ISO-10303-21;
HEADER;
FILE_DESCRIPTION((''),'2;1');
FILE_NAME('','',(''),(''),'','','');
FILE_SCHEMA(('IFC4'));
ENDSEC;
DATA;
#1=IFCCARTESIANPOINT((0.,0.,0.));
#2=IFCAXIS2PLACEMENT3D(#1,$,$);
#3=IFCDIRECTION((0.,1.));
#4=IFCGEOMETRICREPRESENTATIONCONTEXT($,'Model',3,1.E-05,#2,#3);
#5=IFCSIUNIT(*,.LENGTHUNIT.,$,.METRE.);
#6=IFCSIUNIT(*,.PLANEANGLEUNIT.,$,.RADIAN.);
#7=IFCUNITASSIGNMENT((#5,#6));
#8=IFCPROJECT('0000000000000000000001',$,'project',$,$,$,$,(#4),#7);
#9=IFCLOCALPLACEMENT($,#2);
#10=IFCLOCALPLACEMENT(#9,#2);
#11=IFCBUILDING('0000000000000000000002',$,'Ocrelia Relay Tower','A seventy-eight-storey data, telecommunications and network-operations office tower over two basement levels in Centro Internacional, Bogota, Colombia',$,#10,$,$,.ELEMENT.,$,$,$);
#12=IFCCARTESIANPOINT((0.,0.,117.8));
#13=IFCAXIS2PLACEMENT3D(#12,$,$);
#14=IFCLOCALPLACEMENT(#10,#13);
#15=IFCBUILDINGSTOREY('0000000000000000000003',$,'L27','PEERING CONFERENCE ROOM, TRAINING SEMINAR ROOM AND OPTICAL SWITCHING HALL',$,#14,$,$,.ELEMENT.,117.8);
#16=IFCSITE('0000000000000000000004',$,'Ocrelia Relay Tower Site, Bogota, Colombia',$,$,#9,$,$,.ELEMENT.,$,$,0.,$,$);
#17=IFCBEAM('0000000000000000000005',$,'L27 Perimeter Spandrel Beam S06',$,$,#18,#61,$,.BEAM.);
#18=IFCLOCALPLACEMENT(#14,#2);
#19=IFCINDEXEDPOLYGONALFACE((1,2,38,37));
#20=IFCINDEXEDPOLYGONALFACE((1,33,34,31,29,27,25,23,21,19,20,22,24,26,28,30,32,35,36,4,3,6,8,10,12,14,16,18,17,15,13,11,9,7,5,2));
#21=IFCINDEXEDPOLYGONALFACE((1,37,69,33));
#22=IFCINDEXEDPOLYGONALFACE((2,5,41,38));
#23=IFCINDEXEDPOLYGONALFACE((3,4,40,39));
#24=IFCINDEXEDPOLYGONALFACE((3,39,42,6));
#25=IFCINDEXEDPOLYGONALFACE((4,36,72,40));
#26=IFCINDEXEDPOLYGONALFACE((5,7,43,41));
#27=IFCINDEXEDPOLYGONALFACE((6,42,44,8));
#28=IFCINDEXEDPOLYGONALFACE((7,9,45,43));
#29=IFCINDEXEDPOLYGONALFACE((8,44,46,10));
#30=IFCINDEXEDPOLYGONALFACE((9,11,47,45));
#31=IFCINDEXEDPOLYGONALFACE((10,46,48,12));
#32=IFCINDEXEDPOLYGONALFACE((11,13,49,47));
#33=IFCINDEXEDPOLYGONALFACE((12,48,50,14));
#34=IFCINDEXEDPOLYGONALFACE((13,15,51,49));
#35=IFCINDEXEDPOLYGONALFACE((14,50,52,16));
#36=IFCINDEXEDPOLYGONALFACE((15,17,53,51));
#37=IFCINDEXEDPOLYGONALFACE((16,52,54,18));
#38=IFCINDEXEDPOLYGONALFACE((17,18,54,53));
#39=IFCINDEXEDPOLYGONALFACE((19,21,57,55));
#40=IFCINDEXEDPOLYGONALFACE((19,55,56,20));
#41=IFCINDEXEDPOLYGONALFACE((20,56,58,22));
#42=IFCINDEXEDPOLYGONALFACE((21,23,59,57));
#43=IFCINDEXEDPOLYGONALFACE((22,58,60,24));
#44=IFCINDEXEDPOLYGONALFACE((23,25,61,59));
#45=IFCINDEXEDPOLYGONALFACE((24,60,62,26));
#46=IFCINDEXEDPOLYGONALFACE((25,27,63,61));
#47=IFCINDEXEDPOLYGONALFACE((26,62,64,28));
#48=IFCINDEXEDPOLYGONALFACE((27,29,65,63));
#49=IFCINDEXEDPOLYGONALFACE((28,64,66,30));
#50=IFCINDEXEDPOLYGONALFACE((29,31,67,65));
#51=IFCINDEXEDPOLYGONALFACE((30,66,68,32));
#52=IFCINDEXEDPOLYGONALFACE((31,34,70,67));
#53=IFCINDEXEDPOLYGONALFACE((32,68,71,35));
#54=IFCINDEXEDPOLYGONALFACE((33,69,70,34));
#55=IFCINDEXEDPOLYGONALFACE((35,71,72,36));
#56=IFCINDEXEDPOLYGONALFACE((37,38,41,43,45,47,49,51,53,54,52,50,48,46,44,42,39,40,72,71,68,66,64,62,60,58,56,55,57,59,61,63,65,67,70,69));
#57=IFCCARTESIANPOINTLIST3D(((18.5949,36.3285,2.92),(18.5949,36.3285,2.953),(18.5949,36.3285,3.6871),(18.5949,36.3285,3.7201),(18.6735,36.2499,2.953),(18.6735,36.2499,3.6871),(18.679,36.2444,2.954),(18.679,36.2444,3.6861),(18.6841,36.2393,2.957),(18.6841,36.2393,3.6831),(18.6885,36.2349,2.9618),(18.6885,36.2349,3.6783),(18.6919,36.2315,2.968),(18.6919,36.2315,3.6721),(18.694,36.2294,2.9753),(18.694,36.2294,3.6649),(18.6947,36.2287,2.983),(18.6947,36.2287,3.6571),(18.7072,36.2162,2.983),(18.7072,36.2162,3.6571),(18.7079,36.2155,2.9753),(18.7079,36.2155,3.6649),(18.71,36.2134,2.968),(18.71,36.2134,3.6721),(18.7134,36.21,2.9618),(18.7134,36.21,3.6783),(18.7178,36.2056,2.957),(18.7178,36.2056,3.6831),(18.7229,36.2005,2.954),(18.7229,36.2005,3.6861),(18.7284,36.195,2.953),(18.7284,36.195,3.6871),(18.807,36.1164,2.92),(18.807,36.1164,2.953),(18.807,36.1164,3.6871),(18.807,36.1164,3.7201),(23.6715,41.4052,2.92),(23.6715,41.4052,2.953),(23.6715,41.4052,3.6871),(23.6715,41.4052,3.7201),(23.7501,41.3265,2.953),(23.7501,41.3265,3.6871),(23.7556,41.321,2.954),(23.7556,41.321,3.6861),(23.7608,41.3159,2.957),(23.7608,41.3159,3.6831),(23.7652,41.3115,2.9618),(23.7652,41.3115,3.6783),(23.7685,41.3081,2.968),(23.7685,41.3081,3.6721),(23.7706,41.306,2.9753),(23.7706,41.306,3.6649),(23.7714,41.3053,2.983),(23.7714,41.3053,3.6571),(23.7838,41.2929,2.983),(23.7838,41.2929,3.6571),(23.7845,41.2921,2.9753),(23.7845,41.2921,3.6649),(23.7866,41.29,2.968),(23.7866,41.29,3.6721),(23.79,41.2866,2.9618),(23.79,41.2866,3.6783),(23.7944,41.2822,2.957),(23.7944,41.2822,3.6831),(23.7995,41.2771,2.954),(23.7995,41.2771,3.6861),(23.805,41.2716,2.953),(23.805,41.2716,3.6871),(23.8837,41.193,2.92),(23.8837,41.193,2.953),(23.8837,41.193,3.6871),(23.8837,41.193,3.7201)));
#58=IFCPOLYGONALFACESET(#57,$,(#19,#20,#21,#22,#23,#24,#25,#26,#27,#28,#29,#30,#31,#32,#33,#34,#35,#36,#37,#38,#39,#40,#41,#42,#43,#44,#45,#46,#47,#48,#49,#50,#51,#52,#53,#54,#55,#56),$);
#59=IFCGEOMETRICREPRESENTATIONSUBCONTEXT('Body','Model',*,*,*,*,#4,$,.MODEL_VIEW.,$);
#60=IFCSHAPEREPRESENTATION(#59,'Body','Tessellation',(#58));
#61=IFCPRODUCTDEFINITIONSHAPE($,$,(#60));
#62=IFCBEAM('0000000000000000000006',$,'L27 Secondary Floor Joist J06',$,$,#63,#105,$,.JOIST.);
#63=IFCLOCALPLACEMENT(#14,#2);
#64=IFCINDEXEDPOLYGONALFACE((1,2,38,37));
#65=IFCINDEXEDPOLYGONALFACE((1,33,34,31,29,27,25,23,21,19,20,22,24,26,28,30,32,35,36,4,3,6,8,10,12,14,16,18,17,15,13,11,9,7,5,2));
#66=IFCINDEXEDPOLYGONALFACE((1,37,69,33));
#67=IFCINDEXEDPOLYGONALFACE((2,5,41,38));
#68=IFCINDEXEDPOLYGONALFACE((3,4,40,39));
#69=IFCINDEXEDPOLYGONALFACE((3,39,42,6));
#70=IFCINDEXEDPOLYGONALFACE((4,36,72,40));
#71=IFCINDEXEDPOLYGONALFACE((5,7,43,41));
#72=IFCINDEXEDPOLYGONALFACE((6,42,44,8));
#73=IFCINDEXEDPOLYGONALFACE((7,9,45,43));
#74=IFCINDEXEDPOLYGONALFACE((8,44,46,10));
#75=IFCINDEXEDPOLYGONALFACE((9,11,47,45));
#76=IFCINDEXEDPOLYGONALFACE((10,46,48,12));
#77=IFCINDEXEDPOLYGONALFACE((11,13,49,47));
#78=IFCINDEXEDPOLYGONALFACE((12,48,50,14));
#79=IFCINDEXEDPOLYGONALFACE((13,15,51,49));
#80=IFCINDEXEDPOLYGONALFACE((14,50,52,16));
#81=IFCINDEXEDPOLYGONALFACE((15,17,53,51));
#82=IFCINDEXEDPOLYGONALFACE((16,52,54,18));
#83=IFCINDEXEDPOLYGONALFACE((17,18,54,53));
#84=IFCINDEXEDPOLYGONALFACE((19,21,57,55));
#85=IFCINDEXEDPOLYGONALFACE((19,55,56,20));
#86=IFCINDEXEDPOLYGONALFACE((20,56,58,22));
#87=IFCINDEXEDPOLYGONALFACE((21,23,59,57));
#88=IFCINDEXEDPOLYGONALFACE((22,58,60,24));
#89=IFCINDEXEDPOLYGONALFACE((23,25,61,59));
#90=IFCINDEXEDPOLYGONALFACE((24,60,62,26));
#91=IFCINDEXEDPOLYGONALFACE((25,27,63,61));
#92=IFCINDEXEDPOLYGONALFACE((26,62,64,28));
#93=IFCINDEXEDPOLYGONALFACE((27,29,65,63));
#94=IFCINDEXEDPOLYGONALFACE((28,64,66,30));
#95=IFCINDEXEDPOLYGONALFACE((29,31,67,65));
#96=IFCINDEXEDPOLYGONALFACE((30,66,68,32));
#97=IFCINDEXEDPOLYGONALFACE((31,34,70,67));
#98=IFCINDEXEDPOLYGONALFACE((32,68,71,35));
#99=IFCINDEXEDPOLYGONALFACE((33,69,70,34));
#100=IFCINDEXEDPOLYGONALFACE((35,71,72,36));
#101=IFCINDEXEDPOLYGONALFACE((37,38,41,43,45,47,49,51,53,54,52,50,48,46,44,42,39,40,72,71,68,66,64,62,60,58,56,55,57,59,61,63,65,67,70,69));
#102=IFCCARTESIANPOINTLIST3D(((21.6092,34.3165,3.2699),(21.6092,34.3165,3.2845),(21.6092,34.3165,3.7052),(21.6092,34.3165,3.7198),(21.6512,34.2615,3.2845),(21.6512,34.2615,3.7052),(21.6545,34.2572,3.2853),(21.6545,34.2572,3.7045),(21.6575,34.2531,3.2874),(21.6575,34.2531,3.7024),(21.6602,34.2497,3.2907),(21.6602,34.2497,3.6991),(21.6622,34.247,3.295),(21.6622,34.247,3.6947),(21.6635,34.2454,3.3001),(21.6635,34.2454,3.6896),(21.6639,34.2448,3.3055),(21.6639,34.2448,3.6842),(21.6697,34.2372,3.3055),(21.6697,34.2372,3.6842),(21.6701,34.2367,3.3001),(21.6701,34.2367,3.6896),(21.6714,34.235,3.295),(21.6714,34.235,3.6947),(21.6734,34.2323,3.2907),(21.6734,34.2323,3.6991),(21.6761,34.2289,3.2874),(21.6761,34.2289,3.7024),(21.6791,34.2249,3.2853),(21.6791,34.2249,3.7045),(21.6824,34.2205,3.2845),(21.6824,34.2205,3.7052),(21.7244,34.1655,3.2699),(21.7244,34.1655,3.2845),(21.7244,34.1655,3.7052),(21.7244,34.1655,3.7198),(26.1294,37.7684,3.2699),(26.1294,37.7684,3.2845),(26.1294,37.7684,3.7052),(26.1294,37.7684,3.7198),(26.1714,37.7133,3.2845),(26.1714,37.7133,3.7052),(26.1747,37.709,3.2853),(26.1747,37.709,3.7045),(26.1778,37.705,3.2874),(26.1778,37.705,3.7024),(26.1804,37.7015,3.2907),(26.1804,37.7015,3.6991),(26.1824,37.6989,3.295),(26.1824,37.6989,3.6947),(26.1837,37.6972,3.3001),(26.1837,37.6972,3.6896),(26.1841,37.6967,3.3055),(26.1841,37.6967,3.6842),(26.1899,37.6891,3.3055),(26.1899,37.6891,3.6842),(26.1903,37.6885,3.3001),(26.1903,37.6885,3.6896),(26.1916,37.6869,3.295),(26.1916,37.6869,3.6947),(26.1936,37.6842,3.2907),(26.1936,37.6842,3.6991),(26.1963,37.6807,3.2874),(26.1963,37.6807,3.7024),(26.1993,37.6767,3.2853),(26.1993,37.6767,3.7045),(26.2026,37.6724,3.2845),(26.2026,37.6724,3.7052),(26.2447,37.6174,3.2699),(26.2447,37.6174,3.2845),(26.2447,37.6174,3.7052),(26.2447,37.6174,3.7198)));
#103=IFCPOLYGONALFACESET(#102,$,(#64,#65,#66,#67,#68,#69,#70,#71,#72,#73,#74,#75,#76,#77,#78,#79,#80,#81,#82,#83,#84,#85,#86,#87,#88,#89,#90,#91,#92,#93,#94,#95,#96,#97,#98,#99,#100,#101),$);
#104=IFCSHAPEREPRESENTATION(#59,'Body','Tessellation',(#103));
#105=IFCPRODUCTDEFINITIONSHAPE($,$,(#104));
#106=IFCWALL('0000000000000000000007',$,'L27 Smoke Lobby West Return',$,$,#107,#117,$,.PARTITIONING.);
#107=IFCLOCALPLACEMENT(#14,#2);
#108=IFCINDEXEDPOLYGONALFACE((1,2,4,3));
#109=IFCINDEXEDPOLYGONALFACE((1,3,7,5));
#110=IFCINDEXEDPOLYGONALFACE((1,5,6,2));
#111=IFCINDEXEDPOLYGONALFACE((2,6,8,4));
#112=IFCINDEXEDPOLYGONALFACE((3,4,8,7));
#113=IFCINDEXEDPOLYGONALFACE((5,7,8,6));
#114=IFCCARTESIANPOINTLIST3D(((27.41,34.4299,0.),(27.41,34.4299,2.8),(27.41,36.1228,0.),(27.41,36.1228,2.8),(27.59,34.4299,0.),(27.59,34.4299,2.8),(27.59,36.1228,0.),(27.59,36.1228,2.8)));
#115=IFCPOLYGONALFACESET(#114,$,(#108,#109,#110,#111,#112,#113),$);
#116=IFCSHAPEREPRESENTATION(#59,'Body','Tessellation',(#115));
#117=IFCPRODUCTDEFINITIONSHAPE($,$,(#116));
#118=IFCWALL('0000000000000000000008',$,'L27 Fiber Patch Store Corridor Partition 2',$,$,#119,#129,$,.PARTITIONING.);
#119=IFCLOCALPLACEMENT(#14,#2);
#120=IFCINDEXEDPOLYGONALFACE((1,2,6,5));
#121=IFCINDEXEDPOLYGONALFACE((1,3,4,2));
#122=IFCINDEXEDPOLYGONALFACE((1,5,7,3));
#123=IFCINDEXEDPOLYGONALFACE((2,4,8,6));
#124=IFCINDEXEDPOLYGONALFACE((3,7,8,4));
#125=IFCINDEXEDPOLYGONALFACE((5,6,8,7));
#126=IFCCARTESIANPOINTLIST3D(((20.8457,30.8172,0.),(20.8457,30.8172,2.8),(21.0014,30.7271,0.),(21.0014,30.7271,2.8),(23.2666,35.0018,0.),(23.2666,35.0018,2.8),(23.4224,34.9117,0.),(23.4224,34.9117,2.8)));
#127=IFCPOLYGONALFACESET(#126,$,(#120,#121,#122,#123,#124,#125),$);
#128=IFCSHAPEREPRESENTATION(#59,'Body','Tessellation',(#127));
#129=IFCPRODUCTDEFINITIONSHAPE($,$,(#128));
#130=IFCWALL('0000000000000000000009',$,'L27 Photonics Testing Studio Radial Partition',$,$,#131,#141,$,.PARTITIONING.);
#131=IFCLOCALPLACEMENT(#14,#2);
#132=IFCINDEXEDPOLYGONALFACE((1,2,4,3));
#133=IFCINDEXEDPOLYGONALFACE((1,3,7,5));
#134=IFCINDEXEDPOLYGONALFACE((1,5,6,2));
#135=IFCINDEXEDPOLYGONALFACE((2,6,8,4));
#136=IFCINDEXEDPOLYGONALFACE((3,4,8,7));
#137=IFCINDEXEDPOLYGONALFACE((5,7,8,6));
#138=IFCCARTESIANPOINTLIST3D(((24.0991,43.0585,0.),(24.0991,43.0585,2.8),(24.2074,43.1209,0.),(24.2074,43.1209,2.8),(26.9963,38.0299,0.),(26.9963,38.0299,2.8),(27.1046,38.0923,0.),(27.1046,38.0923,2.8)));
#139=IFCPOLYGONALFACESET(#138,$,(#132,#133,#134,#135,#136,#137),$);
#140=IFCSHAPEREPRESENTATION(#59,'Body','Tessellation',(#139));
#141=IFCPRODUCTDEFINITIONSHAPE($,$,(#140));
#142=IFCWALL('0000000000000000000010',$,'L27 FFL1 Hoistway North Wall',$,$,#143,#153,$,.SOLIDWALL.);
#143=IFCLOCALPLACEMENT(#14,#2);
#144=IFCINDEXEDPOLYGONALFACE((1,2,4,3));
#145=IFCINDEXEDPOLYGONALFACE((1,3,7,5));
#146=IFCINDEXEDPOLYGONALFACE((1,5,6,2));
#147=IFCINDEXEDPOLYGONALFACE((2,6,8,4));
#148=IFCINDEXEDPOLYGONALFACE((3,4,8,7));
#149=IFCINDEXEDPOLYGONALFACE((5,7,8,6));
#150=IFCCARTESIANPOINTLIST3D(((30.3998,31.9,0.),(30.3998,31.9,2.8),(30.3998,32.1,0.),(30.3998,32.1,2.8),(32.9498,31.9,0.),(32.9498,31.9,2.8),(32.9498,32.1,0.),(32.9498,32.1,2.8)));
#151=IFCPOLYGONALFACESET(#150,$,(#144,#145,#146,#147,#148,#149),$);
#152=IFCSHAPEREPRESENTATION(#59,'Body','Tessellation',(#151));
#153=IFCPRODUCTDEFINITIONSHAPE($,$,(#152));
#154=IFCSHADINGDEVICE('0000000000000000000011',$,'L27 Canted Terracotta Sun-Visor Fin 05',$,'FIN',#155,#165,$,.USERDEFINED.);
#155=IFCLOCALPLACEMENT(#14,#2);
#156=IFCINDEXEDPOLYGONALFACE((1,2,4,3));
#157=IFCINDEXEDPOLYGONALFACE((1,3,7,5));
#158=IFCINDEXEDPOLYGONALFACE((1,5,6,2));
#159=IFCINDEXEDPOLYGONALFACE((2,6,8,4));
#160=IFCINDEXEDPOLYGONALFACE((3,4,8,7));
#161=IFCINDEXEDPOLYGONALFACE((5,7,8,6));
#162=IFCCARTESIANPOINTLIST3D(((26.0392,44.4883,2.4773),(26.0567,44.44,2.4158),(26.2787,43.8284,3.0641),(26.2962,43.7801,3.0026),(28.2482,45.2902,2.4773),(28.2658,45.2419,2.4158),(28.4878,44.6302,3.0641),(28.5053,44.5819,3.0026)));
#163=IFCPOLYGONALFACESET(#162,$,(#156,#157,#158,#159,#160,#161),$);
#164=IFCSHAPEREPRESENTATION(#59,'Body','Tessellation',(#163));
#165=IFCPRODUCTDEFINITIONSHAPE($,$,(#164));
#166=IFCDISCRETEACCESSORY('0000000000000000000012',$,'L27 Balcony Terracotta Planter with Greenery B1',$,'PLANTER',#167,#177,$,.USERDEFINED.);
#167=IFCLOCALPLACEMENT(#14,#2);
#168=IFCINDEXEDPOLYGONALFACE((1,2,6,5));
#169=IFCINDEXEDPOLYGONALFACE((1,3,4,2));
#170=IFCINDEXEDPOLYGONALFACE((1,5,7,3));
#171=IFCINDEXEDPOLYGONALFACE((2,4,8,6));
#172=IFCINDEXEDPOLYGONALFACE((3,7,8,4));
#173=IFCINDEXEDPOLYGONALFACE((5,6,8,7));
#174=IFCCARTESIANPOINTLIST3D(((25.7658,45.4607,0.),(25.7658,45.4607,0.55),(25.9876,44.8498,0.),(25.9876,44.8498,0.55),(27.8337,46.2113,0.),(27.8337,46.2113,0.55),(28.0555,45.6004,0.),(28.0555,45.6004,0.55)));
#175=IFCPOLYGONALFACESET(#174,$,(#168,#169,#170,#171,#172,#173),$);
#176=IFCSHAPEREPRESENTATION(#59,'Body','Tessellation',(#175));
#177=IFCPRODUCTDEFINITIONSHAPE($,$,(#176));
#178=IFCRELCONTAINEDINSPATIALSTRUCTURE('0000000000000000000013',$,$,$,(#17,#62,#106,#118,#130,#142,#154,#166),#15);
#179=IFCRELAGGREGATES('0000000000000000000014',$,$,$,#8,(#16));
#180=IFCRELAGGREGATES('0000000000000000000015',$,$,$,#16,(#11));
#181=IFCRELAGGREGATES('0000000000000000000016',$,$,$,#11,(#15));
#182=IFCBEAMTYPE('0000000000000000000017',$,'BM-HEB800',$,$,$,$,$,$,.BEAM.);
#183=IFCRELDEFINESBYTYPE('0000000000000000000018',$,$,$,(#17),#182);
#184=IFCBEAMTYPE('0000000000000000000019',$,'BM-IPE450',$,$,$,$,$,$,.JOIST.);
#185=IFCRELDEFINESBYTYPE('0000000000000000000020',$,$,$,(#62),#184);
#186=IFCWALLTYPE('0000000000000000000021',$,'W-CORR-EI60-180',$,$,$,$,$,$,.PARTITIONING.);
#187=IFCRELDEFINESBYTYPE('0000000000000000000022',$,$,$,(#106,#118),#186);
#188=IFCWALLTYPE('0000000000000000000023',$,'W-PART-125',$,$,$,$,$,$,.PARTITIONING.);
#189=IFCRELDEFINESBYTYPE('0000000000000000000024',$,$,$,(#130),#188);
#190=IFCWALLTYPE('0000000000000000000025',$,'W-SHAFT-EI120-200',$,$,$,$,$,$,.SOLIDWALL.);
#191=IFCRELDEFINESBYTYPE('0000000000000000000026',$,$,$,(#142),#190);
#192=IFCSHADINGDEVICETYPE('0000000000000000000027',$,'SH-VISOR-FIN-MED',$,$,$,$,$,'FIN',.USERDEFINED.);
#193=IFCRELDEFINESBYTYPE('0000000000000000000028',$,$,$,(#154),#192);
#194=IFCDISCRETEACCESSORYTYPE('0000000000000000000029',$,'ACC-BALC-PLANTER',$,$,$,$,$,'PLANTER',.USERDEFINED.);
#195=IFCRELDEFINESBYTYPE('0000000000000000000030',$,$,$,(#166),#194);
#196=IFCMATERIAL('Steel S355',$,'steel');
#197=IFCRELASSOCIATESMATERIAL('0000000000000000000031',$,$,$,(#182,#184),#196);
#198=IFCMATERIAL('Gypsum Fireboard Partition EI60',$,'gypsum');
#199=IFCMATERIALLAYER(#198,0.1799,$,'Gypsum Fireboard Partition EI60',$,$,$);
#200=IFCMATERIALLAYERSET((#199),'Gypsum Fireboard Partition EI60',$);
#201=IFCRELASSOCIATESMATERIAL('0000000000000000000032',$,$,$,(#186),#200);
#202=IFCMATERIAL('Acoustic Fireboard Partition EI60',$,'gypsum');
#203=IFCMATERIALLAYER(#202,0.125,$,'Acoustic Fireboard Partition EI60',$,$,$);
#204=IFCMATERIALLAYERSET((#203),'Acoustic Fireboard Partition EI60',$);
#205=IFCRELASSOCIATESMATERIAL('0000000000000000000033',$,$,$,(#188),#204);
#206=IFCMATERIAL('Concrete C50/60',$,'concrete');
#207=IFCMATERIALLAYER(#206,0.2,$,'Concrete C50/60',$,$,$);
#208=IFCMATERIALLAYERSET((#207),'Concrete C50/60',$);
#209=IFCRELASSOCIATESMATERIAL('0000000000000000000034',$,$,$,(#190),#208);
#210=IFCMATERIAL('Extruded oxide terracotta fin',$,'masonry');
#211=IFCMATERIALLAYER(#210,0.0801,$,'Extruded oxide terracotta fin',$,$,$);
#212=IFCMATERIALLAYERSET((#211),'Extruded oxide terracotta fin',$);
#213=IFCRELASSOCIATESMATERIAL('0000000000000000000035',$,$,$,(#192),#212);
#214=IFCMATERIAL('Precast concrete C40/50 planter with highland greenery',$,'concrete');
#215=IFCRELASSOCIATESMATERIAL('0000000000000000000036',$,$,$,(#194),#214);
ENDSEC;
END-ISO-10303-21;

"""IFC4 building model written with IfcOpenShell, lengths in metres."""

from ifc_helpers import new_model, si_unit, direction, frame, frame_2d, origin, origin_2d, place, context, subcontext, project, spatial, rectangle, i_section, extrude, material, layer, layer_set, material_profile, profile_set, type_object, element, save


model = new_model("IFC4")

# Units and contexts
model_context = context("Model", 3, precision=1e-05, world=origin(), true_north=direction((0.0, 1.0)))
body_context = subcontext(model_context, "Body", "Model", "MODEL_VIEW")
ifc_project = project(units=[si_unit("LENGTHUNIT", "METRE"), si_unit("PLANEANGLEUNIT", "RADIAN")], contexts=[model_context])

# Site, building, storey
site_placement = place(None, origin())
site = spatial("IfcSite", under=ifc_project, at=site_placement, Name="Ocrelia Relay Tower Site, Bogota, Colombia", CompositionType="ELEMENT", RefElevation=0.0)
building_placement = place(site_placement, origin())
building = spatial("IfcBuilding", under=site, at=building_placement, Name="Ocrelia Relay Tower", Description="A seventy-eight-storey data, telecommunications and network-operations office tower over two basement levels in Centro Internacional, Bogota, Colombia", CompositionType="ELEMENT")
storey_placement = place(building_placement, frame((0.0, 0.0, 117.8)))
storey = spatial("IfcBuildingStorey", under=building, at=storey_placement, Name="L27", Description="PEERING CONFERENCE ROOM, TRAINING SEMINAR ROOM AND OPTICAL SWITCHING HALL", CompositionType="ELEMENT", Elevation=117.8)

# Beams
ifc_material_1 = material(Name="Steel S355", Category="steel")
ifc_material_profile_1 = material_profile(ifc_material_1, i_section(OverallWidth=0.3, OverallDepth=0.8, WebThickness=0.0176, FlangeThickness=0.033, FilletRadius=0.03, at=origin_2d()), Name="HEB 800")
ifc_profile_set_1 = profile_set([ifc_material_profile_1], Name="Steel S355")
beam_type_1 = type_object("IfcBeamType", Name="BM-HEB800", PredefinedType="BEAM", material=ifc_profile_set_1)
beam_1_placement = place(storey_placement, frame((23.7776, 41.2991, 3.3201), z_axis=(-0.707107, -0.707107, 0.0), x_axis=(0.707107, -0.707107, 0.0)))
element("IfcBeam", 1, at=beam_1_placement, inside=storey, type_object=beam_type_1, Name="L27 Perimeter Spandrel Beam S06", PredefinedType="BEAM", context=body_context, shape_type="SweptSolid", body=[
    extrude(i_section(OverallWidth=0.3, OverallDepth=0.8, WebThickness=0.0176, FlangeThickness=0.033, FilletRadius=0.03, at=origin_2d()), origin(), (0.0, 0.0, 1.0), 7.1794),
])
ifc_material_profile_2 = material_profile(ifc_material_1, i_section(OverallWidth=0.1899, OverallDepth=0.45, WebThickness=0.0095, FlangeThickness=0.0146, FilletRadius=0.021, at=origin_2d()), Name="IPE 450")
ifc_profile_set_2 = profile_set([ifc_material_profile_2], Name="Steel S355")
beam_type_2 = type_object("IfcBeamType", Name="BM-IPE450", PredefinedType="JOIST", material=ifc_profile_set_2)
beam_2_placement = place(storey_placement, frame((26.187, 37.6929, 3.4949), z_axis=(-0.794762, -0.606921, 0.0), x_axis=(0.606921, -0.794762, 0.0)))
element("IfcBeam", 2, at=beam_2_placement, inside=storey, type_object=beam_type_2, Name="L27 Secondary Floor Joist J06", PredefinedType="JOIST", context=body_context, shape_type="SweptSolid", body=[
    extrude(i_section(OverallWidth=0.1899, OverallDepth=0.45, WebThickness=0.0095, FlangeThickness=0.0146, FilletRadius=0.021, at=origin_2d()), origin(), (0.0, 0.0, 1.0), 5.6875),
])

# Wall
ifc_material_2 = material(Name="Gypsum Fireboard Partition EI60", Category="gypsum")
ifc_layer_1 = layer(ifc_material_2, 0.1799, Name="Gypsum Fireboard Partition EI60")
ifc_layer_set_1 = layer_set([ifc_layer_1], Name="Gypsum Fireboard Partition EI60")
wall_type_1 = type_object("IfcWallType", Name="W-CORR-EI60-180", PredefinedType="PARTITIONING", material=ifc_layer_set_1)
wall_1_placement = place(storey_placement, frame((27.5, 34.4299, 0.0), z_axis=(0.0, 0.0, 1.0), x_axis=(0.0, 1.0, 0.0)))
element("IfcWall", 3, at=wall_1_placement, inside=storey, type_object=wall_type_1, Name="L27 Smoke Lobby West Return", PredefinedType="PARTITIONING", context=body_context, shape_type="SweptSolid", body=[
    extrude(rectangle(XDim=1.6929, YDim=0.1799, at=frame_2d((0.8464, 0.0))), origin(), (0.0, 0.0, 1.0), 2.8),
])

# Wall
wall_2_placement = place(storey_placement, frame((23.3445, 34.9568, 0.0), z_axis=(0.0, 0.0, 1.0), x_axis=(-0.500766, -0.865583, 0.0)))
element("IfcWall", 4, at=wall_2_placement, inside=storey, type_object=wall_type_1, Name="L27 Fiber Patch Store Corridor Partition 2", PredefinedType="PARTITIONING", context=body_context, shape_type="SweptSolid", body=[
    extrude(rectangle(XDim=4.8345, YDim=0.1799, at=frame_2d((2.4172, 0.0))), origin(), (0.0, 0.0, 1.0), 2.8),
])

# Shared definitions
ifc_material_3 = material(Name="Concrete C50/60", Category="concrete")

# Walls
ifc_material_4 = material(Name="Acoustic Fireboard Partition EI60", Category="gypsum")
ifc_layer_2 = layer(ifc_material_4, 0.125, Name="Acoustic Fireboard Partition EI60")
ifc_layer_set_2 = layer_set([ifc_layer_2], Name="Acoustic Fireboard Partition EI60")
wall_type_2 = type_object("IfcWallType", Name="W-PART-125", PredefinedType="PARTITIONING", material=ifc_layer_set_2)
wall_3_placement = place(storey_placement, frame((27.0505, 38.061, 0.0), z_axis=(0.0, 0.0, 1.0), x_axis=(-0.499221, 0.866475, 0.0)))
element("IfcWall", 5, at=wall_3_placement, inside=storey, type_object=wall_type_2, Name="L27 Photonics Testing Studio Radial Partition", PredefinedType="PARTITIONING", context=body_context, shape_type="SweptSolid", body=[
    extrude(rectangle(XDim=5.8035, YDim=0.125, at=frame_2d((2.9019, 0.0))), origin(), (0.0, 0.0, 1.0), 2.8),
])
ifc_layer_3 = layer(ifc_material_3, 0.2, Name="Concrete C50/60")
ifc_layer_set_3 = layer_set([ifc_layer_3], Name="Concrete C50/60")
wall_type_3 = type_object("IfcWallType", Name="W-SHAFT-EI120-200", PredefinedType="SOLIDWALL", material=ifc_layer_set_3)
wall_4_placement = place(storey_placement, frame((30.3999, 32.0, 0.0), z_axis=(0.0, 0.0, 1.0), x_axis=(1.0, 0.0, 0.0)))
element("IfcWall", 6, at=wall_4_placement, inside=storey, type_object=wall_type_3, Name="L27 FFL1 Hoistway North Wall", PredefinedType="SOLIDWALL", context=body_context, shape_type="SweptSolid", body=[
    extrude(rectangle(XDim=2.55, YDim=0.2, at=frame_2d((1.2749, 0.0))), origin(), (0.0, 0.0, 1.0), 2.8),
])

# Shading device
ifc_material_5 = material(Name="Extruded oxide terracotta fin", Category="masonry")
ifc_layer_4 = layer(ifc_material_5, 0.0801, Name="Extruded oxide terracotta fin")
ifc_layer_set_4 = layer_set([ifc_layer_4], Name="Extruded oxide terracotta fin")
shading_device_type = type_object("IfcShadingDeviceType", Name="SH-VISOR-FIN-MED", ElementType="FIN", PredefinedType="USERDEFINED", material=ifc_layer_set_4)
shading_device_placement = place(storey_placement, frame((27.281, 44.511, 2.7092), z_axis=(-0.218816, 0.602831, 0.767277), x_axis=(-0.939991, -0.341198, 0.0)))
element("IfcShadingDevice", 7, at=shading_device_placement, inside=storey, type_object=shading_device_type, Name="L27 Canted Terracotta Sun-Visor Fin 05", ObjectType="FIN", PredefinedType="USERDEFINED", context=body_context, shape_type="SweptSolid", body=[
    extrude(rectangle(XDim=2.3501, YDim=0.915, at=origin_2d()), origin(), (0.0, 0.0, 1.0), 0.0801),
])

# Discrete accessory
ifc_material_6 = material(Name="Precast concrete C40/50 planter with highland greenery", Category="concrete")
discrete_accessory_type_1 = type_object("IfcDiscreteAccessoryType", Name="ACC-BALC-PLANTER", ElementType="PLANTER", PredefinedType="USERDEFINED", material=ifc_material_6)
discrete_accessory_1_placement = place(storey_placement, frame((26.9106, 45.5305, 0.0), z_axis=(0.0, 0.0, 1.0), x_axis=(0.93999, 0.341201, 0.0)))
element("IfcDiscreteAccessory", 8, at=discrete_accessory_1_placement, inside=storey, type_object=discrete_accessory_type_1, Name="L27 Balcony Terracotta Planter with Greenery B1", ObjectType="PLANTER", PredefinedType="USERDEFINED", context=body_context, shape_type="SweptSolid", body=[
    extrude(rectangle(XDim=2.2, YDim=0.6499, at=origin_2d()), origin(), (0.0, 0.0, 1.0), 0.55),
])

save(model, "model.ifc")
